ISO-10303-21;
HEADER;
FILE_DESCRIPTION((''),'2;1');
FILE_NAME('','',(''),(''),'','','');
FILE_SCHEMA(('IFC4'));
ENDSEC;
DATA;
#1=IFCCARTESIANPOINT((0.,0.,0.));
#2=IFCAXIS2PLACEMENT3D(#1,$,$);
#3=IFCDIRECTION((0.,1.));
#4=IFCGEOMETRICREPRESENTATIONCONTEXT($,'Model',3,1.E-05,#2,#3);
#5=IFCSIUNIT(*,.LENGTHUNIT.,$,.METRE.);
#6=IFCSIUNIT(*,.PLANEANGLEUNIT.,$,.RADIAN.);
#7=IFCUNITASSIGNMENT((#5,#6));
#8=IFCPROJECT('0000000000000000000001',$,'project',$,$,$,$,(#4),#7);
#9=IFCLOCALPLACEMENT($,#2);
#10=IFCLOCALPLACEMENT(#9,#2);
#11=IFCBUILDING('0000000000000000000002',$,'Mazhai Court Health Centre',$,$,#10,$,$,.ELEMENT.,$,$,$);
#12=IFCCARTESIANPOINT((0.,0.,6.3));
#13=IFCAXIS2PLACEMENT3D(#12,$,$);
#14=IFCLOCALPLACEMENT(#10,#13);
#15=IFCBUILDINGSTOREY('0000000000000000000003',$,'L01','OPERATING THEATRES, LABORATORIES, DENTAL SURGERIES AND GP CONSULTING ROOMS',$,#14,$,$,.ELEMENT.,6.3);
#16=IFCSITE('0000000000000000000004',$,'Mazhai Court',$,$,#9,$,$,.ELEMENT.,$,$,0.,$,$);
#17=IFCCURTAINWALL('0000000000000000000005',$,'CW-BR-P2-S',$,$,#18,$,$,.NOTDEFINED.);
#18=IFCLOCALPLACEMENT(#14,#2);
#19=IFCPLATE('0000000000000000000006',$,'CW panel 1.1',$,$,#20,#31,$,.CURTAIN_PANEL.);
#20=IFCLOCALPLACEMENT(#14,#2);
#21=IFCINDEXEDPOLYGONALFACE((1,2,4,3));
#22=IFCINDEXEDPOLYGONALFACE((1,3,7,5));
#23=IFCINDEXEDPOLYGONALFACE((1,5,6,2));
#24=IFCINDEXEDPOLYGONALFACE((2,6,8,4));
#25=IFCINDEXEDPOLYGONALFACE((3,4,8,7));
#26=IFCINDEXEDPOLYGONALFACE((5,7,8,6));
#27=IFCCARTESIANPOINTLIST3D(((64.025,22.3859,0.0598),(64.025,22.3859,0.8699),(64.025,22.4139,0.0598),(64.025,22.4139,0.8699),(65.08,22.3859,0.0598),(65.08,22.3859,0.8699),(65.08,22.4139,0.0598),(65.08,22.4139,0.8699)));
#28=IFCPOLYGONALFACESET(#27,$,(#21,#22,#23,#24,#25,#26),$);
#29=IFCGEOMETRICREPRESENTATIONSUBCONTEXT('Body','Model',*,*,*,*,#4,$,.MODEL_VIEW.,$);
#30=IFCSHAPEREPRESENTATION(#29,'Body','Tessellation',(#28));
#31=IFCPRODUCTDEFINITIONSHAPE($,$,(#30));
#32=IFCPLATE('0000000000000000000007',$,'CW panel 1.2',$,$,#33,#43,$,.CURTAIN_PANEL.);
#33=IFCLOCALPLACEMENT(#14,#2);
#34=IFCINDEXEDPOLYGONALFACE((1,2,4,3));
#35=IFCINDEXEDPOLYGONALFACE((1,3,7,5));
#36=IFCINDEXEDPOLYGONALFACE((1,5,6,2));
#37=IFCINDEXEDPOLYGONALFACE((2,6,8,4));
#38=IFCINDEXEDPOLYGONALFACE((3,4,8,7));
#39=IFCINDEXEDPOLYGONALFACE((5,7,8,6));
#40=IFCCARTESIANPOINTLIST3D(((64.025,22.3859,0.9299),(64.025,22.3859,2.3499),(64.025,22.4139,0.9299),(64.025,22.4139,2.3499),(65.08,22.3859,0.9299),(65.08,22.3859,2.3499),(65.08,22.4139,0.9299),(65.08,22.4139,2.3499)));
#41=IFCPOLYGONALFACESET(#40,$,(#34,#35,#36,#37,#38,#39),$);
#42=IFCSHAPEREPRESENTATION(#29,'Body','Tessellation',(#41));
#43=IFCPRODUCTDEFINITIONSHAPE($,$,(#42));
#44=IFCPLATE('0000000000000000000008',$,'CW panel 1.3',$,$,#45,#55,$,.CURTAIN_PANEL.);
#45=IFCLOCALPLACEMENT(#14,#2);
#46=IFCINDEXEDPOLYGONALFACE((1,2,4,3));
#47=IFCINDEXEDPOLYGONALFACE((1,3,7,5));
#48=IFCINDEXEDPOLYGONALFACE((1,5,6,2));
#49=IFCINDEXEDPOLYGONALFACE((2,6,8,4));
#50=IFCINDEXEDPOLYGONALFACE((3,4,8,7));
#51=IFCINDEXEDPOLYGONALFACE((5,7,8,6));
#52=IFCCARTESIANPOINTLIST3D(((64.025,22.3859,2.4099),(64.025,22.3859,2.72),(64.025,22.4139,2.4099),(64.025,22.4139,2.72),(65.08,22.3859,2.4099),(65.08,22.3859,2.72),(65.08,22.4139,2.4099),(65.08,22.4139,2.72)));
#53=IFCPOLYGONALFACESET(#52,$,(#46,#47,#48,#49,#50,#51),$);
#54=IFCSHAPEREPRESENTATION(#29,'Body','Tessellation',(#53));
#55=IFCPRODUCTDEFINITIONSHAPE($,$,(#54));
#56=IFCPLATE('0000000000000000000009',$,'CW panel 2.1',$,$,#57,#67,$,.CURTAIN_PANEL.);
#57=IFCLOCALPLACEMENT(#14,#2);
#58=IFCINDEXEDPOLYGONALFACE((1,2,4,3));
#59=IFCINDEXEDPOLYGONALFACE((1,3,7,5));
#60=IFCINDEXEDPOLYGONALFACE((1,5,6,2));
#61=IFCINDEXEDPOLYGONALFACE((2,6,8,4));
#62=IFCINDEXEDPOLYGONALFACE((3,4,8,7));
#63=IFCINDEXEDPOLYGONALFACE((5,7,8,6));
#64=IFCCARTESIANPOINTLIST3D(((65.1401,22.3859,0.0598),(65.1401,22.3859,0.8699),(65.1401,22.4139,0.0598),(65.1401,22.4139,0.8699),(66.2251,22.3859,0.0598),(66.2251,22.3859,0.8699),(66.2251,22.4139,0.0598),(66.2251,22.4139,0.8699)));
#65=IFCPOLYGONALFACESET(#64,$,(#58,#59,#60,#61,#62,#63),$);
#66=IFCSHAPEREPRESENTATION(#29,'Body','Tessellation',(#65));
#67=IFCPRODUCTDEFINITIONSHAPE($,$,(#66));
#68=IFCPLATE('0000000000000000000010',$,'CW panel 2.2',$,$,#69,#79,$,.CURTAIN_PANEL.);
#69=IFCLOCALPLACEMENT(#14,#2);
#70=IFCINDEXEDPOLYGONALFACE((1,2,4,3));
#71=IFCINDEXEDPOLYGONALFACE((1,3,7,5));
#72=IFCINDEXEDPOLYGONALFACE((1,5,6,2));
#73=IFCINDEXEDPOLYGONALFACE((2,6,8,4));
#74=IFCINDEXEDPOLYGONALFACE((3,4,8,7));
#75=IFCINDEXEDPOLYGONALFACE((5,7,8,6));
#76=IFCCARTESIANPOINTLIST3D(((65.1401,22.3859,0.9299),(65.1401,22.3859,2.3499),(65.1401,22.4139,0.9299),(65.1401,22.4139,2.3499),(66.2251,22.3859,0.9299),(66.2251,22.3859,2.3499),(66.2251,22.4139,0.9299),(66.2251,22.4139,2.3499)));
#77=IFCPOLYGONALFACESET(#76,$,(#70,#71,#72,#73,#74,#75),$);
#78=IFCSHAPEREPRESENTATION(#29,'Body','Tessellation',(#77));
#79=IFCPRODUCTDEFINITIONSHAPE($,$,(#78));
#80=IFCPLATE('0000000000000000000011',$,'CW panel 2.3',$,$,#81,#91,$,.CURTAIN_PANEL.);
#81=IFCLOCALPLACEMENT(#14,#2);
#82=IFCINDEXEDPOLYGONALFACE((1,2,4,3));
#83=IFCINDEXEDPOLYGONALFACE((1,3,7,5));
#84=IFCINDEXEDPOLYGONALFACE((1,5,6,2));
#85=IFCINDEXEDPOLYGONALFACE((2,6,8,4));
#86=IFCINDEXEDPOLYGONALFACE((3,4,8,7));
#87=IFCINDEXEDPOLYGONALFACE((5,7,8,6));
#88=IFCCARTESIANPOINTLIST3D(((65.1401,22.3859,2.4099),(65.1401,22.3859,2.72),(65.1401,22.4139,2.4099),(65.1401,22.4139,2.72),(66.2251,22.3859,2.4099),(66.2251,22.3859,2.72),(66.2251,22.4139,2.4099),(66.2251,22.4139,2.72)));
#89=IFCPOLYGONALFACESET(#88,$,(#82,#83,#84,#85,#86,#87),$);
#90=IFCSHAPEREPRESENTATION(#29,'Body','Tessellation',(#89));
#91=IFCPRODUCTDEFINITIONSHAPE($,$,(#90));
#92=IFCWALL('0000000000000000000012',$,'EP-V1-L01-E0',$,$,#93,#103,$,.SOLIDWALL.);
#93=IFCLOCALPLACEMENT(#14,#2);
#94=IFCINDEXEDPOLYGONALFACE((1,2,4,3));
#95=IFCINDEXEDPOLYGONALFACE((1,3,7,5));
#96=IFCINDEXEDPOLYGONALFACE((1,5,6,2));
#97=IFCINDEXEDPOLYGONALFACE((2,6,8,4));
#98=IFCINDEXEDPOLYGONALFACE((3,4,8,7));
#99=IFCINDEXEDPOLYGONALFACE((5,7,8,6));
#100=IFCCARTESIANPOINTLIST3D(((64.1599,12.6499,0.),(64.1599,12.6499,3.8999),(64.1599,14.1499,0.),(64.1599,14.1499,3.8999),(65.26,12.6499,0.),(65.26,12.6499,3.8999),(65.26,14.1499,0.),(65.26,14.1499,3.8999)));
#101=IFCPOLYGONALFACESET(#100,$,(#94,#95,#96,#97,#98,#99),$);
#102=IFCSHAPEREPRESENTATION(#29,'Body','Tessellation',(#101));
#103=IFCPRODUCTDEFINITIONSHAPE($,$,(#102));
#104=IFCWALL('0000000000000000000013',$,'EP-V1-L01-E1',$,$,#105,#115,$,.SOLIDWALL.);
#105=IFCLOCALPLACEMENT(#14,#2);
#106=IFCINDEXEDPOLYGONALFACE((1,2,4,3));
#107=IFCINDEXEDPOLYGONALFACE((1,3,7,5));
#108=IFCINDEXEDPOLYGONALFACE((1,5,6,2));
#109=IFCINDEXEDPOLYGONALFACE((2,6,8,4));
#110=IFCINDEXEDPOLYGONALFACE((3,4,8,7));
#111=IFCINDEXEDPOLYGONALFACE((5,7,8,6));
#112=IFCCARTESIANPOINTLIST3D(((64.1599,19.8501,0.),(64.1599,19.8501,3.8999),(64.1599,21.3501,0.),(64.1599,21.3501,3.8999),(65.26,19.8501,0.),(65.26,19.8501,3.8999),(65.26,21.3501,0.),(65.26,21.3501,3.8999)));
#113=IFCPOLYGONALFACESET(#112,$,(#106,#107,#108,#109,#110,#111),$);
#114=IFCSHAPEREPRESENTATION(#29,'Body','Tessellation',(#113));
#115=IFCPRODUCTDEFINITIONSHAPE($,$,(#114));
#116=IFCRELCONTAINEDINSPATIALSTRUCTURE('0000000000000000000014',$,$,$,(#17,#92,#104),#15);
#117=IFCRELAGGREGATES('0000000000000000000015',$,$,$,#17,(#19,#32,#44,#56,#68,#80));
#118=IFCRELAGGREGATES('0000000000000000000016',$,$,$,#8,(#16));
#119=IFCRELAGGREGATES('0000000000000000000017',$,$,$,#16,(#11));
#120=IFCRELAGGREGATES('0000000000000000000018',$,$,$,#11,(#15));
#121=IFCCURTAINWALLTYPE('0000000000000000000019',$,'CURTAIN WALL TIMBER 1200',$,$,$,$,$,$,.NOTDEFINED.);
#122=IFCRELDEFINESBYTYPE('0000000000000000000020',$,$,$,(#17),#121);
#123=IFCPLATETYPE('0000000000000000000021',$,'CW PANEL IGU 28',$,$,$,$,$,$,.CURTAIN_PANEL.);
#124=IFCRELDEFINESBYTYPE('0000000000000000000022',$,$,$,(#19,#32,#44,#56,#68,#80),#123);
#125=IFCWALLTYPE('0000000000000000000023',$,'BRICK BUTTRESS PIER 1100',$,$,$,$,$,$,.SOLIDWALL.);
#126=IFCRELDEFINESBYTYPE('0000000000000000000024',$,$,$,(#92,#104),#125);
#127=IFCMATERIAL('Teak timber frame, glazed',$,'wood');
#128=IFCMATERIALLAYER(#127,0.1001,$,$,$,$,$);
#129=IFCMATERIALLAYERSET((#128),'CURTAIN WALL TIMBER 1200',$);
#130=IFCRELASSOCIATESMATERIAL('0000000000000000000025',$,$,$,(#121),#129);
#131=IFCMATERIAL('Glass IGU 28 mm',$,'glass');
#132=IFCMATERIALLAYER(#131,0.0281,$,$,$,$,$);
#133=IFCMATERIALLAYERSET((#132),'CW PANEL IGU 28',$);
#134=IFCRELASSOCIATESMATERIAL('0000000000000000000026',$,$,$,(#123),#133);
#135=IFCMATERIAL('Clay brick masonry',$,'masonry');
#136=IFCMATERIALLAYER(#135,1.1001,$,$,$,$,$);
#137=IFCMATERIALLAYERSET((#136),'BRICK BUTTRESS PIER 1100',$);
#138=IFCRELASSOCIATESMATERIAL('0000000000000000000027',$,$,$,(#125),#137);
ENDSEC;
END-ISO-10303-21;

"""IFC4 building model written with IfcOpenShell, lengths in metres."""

from ifc_helpers import new_model, si_unit, direction, frame, frame_2d, origin, origin_2d, place, context, subcontext, project, spatial, rectangle, extrude, material, layer, layer_set, type_object, element, aggregate, save


model = new_model("IFC4")

# Units and contexts
model_context = context("Model", 3, precision=1e-05, world=origin(), true_north=direction((0.0, 1.0)))
body_context = subcontext(model_context, "Body", "Model", "MODEL_VIEW")
ifc_project = project(units=[si_unit("LENGTHUNIT", "METRE"), si_unit("PLANEANGLEUNIT", "RADIAN")], contexts=[model_context])

# Site, building, storey
site_placement = place(None, origin())
site = spatial("IfcSite", under=ifc_project, at=site_placement, Name="Mazhai Court", CompositionType="ELEMENT", RefElevation=0.0)
building_placement = place(site_placement, origin())
building = spatial("IfcBuilding", under=site, at=building_placement, Name="Mazhai Court Health Centre", CompositionType="ELEMENT")
storey_placement = place(building_placement, frame((0.0, 0.0, 6.3)))
storey = spatial("IfcBuildingStorey", under=building, at=storey_placement, Name="L01", Description="OPERATING THEATRES, LABORATORIES, DENTAL SURGERIES AND GP CONSULTING ROOMS", CompositionType="ELEMENT", Elevation=6.3)

# Curtain wall, plates
ifc_material_1 = material(Name="Teak timber frame, glazed", Category="wood")
ifc_layer_1 = layer(ifc_material_1, 0.1001)
ifc_layer_set_1 = layer_set([ifc_layer_1], Name="CURTAIN WALL TIMBER 1200")
curtain_wall_type = type_object("IfcCurtainWallType", Name="CURTAIN WALL TIMBER 1200", PredefinedType="NOTDEFINED", material=ifc_layer_set_1)
curtain_wall_placement = place(storey_placement, origin())
curtain_wall = element("IfcCurtainWall", 1, at=curtain_wall_placement, inside=storey, type_object=curtain_wall_type, Name="CW-BR-P2-S", PredefinedType="NOTDEFINED")
ifc_material_2 = material(Name="Glass IGU 28 mm", Category="glass")
ifc_layer_2 = layer(ifc_material_2, 0.0281)
ifc_layer_set_2 = layer_set([ifc_layer_2], Name="CW PANEL IGU 28")
plate_type = type_object("IfcPlateType", Name="CW PANEL IGU 28", PredefinedType="CURTAIN_PANEL", material=ifc_layer_set_2)
plate_1_placement = place(storey_placement, frame((64.5525, 22.3999, 0.0598), z_axis=(0.0, 0.0, 1.0), x_axis=(1.0, 0.0, 0.0)))
plate_1 = element("IfcPlate", 2, at=plate_1_placement, type_object=plate_type, Name="CW panel 1.1", PredefinedType="CURTAIN_PANEL", context=body_context, shape_type="SweptSolid", body=[
    extrude(rectangle(XDim=1.0549, YDim=0.0281, at=origin_2d()), origin(), (0.0, 0.0, 1.0), 0.8101),
])
plate_2_placement = place(storey_placement, frame((64.5525, 22.3999, 0.9299), z_axis=(0.0, 0.0, 1.0), x_axis=(1.0, 0.0, 0.0)))
plate_2 = element("IfcPlate", 3, at=plate_2_placement, type_object=plate_type, Name="CW panel 1.2", PredefinedType="CURTAIN_PANEL", context=body_context, shape_type="SweptSolid", body=[
    extrude(rectangle(XDim=1.0549, YDim=0.0281, at=origin_2d()), origin(), (0.0, 0.0, 1.0), 1.4199),
])
plate_3_placement = place(storey_placement, frame((64.5525, 22.3999, 2.4099), z_axis=(0.0, 0.0, 1.0), x_axis=(1.0, 0.0, 0.0)))
plate_3 = element("IfcPlate", 4, at=plate_3_placement, type_object=plate_type, Name="CW panel 1.3", PredefinedType="CURTAIN_PANEL", context=body_context, shape_type="SweptSolid", body=[
    extrude(rectangle(XDim=1.0549, YDim=0.0281, at=origin_2d()), origin(), (0.0, 0.0, 1.0), 0.3101),
])
plate_4_placement = place(storey_placement, frame((65.6826, 22.3999, 0.0598), z_axis=(0.0, 0.0, 1.0), x_axis=(1.0, 0.0, 0.0)))
plate_4 = element("IfcPlate", 5, at=plate_4_placement, type_object=plate_type, Name="CW panel 2.1", PredefinedType="CURTAIN_PANEL", context=body_context, shape_type="SweptSolid", body=[
    extrude(rectangle(XDim=1.085, YDim=0.0281, at=origin_2d()), origin(), (0.0, 0.0, 1.0), 0.8101),
])
plate_5_placement = place(storey_placement, frame((65.6826, 22.3999, 0.9299), z_axis=(0.0, 0.0, 1.0), x_axis=(1.0, 0.0, 0.0)))
plate_5 = element("IfcPlate", 6, at=plate_5_placement, type_object=plate_type, Name="CW panel 2.2", PredefinedType="CURTAIN_PANEL", context=body_context, shape_type="SweptSolid", body=[
    extrude(rectangle(XDim=1.085, YDim=0.0281, at=origin_2d()), origin(), (0.0, 0.0, 1.0), 1.4199),
])
plate_6_placement = place(storey_placement, frame((65.6826, 22.3999, 2.4099), z_axis=(0.0, 0.0, 1.0), x_axis=(1.0, 0.0, 0.0)))
plate_6 = element("IfcPlate", 7, at=plate_6_placement, type_object=plate_type, Name="CW panel 2.3", PredefinedType="CURTAIN_PANEL", context=body_context, shape_type="SweptSolid", body=[
    extrude(rectangle(XDim=1.085, YDim=0.0281, at=origin_2d()), origin(), (0.0, 0.0, 1.0), 0.3101),
])
aggregate(curtain_wall, [plate_1, plate_2, plate_3, plate_4, plate_5, plate_6])

# Walls
ifc_material_3 = material(Name="Clay brick masonry", Category="masonry")
ifc_layer_3 = layer(ifc_material_3, 1.1001)
ifc_layer_set_3 = layer_set([ifc_layer_3], Name="BRICK BUTTRESS PIER 1100")
wall_type = type_object("IfcWallType", Name="BRICK BUTTRESS PIER 1100", PredefinedType="SOLIDWALL", material=ifc_layer_set_3)
for number, where, z_axis, x_axis, name in (
    (8, (64.71, 14.1499, 0.0), (0.0, 0.0, 1.0), (0.0, -1.0, 0.0), "EP-V1-L01-E0"),
    (9, (64.71, 21.3501, 0.0), (0.0, 0.0, 1.0), (0.0, -1.0, 0.0), "EP-V1-L01-E1"),
):
    element("IfcWall", number, at=place(storey_placement, frame(where, z_axis=z_axis, x_axis=x_axis)), inside=storey, type_object=wall_type, Name=name, PredefinedType="SOLIDWALL", context=body_context, shape_type="SweptSolid", body=[
        extrude(rectangle(XDim=1.5, YDim=1.1001, at=frame_2d((0.75, 0.0))), origin(), (0.0, 0.0, 1.0), 3.8999),
    ])

save(model, "model.ifc")
